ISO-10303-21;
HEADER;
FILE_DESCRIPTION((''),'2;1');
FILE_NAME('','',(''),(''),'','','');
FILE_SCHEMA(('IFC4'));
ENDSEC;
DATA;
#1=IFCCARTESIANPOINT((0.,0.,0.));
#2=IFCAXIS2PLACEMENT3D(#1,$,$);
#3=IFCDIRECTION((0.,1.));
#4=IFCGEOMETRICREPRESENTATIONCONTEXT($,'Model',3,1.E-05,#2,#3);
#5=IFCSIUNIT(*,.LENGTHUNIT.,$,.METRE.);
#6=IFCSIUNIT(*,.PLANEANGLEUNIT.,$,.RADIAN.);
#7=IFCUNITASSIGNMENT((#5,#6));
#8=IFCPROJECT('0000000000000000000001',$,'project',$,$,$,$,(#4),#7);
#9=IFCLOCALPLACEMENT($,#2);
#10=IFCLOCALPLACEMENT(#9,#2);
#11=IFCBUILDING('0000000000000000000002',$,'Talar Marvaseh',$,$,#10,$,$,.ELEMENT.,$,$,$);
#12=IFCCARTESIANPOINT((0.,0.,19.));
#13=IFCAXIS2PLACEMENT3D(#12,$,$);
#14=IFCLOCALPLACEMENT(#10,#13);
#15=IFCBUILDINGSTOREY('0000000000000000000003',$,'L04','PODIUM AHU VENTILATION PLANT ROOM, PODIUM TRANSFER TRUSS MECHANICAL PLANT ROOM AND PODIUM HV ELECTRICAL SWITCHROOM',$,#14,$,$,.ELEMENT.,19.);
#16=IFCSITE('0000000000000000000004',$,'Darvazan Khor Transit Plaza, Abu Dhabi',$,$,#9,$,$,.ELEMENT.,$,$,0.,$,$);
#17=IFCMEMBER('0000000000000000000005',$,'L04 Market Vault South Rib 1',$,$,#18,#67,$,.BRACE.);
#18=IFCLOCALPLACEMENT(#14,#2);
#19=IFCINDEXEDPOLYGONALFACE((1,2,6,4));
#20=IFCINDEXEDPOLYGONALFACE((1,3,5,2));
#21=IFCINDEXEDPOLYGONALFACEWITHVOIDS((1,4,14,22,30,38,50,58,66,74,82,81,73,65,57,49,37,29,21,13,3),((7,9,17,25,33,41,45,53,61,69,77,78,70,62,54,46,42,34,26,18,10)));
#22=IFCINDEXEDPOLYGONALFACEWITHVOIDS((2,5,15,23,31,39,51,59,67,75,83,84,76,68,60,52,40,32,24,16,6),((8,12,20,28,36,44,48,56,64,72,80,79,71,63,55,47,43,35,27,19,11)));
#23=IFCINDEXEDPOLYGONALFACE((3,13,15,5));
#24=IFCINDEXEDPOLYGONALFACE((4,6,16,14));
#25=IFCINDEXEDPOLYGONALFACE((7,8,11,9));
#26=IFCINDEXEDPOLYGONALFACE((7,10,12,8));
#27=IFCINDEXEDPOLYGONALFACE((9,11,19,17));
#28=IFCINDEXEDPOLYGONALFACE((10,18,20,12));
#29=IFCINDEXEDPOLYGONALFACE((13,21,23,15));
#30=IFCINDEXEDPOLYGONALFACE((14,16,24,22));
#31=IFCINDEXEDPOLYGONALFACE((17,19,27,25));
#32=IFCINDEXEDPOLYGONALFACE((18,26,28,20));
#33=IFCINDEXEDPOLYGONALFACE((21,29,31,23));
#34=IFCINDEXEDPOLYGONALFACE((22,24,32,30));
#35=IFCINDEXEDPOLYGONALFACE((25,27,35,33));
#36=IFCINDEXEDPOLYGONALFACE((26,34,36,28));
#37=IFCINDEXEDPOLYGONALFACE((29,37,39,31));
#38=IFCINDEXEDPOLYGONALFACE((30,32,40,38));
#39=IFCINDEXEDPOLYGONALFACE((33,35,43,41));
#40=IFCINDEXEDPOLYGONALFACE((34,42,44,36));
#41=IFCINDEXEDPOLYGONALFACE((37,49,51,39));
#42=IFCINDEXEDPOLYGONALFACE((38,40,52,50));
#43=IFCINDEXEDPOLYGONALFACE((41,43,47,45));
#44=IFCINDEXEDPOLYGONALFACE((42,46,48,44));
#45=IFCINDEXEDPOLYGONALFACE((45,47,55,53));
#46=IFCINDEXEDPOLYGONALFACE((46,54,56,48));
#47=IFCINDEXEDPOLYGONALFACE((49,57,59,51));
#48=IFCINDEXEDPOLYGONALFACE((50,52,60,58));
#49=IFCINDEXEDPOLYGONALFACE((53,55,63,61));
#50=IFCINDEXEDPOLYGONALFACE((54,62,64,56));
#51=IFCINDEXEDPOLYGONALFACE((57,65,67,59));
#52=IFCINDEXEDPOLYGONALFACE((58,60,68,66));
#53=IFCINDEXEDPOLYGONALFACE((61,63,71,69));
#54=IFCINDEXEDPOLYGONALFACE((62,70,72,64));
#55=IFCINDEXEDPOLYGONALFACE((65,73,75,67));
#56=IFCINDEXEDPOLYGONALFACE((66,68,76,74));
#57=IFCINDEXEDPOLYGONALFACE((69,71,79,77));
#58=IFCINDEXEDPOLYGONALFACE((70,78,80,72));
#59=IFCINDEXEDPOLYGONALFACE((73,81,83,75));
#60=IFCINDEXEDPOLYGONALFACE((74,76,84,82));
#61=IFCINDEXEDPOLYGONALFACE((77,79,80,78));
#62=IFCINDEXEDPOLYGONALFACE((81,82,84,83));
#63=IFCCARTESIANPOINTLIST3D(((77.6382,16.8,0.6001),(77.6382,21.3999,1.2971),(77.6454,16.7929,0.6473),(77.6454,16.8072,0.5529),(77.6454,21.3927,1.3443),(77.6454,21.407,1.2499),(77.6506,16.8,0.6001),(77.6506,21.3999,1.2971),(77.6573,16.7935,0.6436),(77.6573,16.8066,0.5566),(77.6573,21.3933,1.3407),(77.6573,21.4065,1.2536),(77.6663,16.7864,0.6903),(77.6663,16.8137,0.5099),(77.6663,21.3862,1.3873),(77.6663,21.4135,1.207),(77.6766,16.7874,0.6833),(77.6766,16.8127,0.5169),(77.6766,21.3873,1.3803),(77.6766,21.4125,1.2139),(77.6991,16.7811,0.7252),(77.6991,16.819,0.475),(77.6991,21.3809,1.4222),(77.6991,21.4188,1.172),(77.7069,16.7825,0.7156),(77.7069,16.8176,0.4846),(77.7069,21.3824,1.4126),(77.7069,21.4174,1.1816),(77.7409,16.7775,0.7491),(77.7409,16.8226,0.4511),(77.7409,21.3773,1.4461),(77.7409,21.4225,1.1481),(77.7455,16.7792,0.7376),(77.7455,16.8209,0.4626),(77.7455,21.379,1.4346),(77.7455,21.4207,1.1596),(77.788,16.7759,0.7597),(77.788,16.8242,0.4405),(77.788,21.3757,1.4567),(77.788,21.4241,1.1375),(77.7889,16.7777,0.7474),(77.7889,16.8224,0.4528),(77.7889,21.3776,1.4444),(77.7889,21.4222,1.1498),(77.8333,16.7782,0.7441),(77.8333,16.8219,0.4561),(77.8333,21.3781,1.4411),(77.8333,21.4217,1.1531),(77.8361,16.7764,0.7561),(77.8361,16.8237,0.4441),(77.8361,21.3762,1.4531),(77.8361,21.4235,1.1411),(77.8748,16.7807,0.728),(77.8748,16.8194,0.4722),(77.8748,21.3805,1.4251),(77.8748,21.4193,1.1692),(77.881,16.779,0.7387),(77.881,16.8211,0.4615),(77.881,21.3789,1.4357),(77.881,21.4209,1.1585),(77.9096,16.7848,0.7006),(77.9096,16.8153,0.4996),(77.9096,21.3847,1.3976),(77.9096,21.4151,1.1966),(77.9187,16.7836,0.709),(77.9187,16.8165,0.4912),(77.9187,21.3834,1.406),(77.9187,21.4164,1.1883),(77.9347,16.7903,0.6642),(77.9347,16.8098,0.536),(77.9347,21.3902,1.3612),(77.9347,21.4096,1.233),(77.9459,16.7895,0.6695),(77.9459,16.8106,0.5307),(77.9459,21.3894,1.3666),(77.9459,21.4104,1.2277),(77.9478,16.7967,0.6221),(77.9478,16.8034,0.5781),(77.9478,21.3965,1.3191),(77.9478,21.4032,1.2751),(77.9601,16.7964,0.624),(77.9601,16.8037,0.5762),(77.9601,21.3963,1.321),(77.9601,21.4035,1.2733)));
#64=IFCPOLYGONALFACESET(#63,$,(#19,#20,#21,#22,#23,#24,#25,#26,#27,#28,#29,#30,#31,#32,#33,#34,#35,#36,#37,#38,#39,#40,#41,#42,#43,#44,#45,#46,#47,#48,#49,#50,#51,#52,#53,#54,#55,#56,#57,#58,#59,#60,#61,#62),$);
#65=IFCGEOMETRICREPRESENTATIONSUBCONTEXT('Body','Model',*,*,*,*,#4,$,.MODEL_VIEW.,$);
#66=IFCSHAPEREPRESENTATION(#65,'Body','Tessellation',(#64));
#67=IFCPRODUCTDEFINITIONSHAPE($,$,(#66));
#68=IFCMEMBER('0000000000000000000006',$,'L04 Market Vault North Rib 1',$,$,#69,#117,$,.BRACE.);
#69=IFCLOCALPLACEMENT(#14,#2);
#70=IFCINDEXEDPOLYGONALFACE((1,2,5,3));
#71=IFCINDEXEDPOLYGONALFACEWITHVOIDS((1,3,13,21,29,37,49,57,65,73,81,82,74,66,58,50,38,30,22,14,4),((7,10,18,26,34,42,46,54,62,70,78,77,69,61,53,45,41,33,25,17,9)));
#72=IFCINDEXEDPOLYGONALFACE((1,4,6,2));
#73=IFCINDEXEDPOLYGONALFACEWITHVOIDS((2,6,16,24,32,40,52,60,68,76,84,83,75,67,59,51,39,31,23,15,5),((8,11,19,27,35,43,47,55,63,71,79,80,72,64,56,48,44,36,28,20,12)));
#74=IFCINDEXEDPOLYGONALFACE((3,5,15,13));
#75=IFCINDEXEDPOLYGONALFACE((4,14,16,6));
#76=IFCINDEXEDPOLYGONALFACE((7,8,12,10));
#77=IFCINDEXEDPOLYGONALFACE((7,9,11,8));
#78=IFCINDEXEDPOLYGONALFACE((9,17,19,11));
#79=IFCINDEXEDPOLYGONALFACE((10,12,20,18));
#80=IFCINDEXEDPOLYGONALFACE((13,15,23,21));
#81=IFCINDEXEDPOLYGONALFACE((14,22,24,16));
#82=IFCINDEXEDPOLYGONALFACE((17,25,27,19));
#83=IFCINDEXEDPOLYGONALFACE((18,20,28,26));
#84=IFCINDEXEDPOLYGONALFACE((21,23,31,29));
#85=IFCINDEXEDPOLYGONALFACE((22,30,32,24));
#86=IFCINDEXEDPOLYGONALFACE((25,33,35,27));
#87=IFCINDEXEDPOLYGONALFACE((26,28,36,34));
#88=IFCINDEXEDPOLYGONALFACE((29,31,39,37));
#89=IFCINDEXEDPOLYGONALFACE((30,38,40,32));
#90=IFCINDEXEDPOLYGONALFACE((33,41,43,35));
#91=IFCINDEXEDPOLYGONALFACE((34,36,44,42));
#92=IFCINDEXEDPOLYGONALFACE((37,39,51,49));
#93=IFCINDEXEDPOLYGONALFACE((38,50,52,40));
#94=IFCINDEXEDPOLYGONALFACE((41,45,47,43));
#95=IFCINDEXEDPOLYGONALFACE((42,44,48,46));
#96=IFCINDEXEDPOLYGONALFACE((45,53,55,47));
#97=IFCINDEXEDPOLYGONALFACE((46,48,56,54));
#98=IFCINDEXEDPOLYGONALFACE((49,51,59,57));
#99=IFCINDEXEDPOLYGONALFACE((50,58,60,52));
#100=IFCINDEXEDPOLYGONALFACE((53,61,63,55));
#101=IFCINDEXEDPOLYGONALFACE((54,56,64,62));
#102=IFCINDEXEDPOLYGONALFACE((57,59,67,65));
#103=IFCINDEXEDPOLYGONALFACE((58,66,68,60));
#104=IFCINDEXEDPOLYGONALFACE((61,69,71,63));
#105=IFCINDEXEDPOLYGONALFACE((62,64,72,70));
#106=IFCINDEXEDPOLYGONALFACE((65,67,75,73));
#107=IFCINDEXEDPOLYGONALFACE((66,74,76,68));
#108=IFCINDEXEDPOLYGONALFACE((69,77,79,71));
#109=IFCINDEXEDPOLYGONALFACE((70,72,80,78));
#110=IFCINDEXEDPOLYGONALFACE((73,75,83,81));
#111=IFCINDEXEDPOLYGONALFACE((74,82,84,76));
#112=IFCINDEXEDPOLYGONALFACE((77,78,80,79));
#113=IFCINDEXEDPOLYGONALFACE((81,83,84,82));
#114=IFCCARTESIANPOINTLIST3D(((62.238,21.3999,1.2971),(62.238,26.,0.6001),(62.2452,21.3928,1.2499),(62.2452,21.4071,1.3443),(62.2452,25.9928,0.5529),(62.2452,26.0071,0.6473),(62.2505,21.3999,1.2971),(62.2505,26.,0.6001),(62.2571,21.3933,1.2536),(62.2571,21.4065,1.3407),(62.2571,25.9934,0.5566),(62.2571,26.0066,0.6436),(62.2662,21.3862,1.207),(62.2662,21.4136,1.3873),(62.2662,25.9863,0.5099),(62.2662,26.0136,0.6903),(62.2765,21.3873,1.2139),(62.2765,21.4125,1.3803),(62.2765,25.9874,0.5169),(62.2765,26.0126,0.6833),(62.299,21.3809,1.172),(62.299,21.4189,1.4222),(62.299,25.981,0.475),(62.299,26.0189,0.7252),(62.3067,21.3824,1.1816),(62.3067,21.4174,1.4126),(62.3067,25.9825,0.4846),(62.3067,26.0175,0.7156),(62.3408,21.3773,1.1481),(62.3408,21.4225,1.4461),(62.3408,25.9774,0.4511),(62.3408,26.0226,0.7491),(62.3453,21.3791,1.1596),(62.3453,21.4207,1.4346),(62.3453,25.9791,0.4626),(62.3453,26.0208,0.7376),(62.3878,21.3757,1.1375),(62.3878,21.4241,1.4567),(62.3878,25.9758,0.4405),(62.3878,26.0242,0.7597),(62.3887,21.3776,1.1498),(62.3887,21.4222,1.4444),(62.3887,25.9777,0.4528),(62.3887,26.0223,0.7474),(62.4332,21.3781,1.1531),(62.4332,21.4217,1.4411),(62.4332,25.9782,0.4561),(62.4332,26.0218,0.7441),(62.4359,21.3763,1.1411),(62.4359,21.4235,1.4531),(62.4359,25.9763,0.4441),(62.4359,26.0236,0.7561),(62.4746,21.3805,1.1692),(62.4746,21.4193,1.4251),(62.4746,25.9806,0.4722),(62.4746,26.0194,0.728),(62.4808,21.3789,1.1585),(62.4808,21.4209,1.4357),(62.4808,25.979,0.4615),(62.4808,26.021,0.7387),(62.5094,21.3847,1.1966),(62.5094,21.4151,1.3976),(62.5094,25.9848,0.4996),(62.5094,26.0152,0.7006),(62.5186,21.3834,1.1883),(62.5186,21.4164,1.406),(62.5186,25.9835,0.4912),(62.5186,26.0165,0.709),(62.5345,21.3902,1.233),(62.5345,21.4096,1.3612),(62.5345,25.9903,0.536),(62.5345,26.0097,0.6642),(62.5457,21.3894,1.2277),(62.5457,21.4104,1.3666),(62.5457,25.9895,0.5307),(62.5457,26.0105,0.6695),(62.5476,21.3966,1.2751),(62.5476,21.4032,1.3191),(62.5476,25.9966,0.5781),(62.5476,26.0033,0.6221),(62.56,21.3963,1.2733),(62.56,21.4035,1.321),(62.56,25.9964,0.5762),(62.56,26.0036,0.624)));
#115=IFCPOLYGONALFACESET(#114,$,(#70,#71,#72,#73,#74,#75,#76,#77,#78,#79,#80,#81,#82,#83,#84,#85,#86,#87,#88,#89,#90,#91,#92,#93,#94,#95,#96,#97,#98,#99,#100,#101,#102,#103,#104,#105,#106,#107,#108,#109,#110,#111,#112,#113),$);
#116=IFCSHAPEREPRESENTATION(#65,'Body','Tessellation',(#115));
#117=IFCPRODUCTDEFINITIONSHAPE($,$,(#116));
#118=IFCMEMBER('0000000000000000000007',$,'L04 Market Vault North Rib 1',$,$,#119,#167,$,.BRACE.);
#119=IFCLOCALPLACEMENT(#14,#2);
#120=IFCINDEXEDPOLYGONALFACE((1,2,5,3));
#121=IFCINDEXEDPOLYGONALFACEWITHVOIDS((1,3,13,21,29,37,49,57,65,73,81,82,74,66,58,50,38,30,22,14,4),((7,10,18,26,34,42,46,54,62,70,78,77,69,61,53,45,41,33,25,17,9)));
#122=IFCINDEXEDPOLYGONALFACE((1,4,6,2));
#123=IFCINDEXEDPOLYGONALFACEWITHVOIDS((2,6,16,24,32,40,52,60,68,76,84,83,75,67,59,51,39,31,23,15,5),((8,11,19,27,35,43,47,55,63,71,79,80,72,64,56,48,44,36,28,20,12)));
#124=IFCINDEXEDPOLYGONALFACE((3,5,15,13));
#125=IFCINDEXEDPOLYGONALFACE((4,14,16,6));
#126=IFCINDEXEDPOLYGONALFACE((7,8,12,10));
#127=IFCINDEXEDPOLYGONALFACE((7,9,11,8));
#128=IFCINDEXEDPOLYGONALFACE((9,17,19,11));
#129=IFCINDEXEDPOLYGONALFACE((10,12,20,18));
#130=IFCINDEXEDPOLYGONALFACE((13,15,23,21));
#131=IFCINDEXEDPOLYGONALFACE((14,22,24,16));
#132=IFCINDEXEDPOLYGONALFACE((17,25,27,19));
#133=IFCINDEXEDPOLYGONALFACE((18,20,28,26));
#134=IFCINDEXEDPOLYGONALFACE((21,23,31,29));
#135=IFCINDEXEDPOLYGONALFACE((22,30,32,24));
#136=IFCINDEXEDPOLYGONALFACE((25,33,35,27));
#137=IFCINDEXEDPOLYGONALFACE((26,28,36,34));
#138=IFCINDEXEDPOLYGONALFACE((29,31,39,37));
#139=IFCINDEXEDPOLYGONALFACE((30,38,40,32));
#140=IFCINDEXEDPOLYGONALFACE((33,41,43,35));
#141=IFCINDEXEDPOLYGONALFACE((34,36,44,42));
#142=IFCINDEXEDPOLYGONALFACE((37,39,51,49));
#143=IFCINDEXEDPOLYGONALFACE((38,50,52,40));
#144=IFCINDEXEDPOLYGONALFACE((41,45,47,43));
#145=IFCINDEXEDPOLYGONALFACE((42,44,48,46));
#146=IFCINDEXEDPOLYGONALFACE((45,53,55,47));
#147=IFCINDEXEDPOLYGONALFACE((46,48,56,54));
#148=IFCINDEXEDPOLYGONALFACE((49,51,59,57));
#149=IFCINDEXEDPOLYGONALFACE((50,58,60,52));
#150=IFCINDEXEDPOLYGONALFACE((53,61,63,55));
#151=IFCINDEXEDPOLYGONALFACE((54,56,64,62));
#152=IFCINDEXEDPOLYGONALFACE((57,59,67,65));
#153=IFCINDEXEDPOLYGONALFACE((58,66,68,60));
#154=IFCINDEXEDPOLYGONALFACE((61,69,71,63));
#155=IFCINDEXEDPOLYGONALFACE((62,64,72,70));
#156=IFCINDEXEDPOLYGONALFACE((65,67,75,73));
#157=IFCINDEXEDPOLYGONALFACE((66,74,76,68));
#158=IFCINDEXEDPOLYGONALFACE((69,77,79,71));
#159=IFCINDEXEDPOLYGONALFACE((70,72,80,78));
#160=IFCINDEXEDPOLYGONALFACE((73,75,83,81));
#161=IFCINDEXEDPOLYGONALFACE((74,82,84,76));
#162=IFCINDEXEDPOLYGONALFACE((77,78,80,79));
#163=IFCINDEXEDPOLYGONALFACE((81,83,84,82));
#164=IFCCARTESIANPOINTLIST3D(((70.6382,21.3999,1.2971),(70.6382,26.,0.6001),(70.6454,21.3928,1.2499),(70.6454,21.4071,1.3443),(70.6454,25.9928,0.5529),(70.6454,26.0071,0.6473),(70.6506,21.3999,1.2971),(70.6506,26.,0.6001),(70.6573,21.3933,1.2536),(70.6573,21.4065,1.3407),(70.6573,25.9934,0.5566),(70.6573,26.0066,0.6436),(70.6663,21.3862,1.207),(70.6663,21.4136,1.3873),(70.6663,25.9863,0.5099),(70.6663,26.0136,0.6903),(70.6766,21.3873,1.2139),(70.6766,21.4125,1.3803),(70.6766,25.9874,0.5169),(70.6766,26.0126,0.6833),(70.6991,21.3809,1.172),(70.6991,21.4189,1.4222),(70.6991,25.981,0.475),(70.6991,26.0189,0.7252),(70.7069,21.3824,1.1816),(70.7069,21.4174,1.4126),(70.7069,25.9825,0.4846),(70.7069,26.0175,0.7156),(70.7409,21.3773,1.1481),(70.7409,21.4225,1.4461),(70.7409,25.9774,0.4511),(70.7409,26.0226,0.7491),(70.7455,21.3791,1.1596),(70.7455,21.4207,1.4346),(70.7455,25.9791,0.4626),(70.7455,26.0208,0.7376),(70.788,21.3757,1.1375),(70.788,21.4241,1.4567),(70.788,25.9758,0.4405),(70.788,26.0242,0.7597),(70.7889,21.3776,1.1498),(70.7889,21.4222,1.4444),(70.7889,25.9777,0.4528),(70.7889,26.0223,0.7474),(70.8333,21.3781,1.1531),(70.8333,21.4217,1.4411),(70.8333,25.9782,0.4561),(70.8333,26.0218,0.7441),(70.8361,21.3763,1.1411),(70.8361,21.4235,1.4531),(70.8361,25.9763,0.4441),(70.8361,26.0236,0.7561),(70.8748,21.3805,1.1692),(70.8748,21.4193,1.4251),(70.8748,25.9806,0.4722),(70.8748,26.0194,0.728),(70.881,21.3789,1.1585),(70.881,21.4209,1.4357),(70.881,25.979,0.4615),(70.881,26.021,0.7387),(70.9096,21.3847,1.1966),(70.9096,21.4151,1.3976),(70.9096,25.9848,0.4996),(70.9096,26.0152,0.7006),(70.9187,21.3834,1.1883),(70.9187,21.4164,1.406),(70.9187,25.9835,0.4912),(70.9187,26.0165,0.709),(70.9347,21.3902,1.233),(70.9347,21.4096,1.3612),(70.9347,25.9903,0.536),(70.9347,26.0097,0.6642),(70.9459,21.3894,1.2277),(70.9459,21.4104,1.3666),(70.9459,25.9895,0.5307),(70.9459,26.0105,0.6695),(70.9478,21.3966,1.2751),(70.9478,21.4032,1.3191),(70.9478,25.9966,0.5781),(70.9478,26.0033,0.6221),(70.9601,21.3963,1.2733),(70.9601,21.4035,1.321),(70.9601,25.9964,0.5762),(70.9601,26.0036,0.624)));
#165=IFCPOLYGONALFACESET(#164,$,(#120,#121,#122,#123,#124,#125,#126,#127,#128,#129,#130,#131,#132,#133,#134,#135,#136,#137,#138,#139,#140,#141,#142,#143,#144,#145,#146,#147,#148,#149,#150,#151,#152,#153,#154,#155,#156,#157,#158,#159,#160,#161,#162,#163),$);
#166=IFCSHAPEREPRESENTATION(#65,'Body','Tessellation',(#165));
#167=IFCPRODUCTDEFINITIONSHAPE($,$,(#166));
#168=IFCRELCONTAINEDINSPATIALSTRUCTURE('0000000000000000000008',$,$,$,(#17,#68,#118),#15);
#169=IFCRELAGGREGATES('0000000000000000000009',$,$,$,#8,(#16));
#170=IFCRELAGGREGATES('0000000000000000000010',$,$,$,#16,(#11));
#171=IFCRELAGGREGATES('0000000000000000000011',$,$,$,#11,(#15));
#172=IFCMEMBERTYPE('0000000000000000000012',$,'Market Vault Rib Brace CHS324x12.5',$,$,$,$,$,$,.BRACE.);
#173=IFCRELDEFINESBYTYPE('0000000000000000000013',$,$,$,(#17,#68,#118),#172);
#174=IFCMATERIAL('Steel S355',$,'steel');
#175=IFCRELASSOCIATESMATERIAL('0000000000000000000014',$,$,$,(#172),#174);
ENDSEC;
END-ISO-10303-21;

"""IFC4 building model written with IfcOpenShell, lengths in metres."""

from ifc_helpers import new_model, si_unit, direction, frame, origin, origin_2d, place, context, subcontext, project, spatial, hollow_circle, extrude, source, transform, mapped, material, material_profile, profile_set, type_object, element, save


model = new_model("IFC4")

# Units and contexts
model_context = context("Model", 3, precision=1e-05, world=origin(), true_north=direction((0.0, 1.0)))
body_context = subcontext(model_context, "Body", "Model", "MODEL_VIEW")
ifc_project = project(units=[si_unit("LENGTHUNIT", "METRE"), si_unit("PLANEANGLEUNIT", "RADIAN")], contexts=[model_context])

# Site, building, storey
site_placement = place(None, origin())
site = spatial("IfcSite", under=ifc_project, at=site_placement, Name="Darvazan Khor Transit Plaza, Abu Dhabi", CompositionType="ELEMENT", RefElevation=0.0)
building_placement = place(site_placement, origin())
building = spatial("IfcBuilding", under=site, at=building_placement, Name="Talar Marvaseh", CompositionType="ELEMENT")
storey_placement = place(building_placement, frame((0.0, 0.0, 19.0)))
storey = spatial("IfcBuildingStorey", under=building, at=storey_placement, Name="L04", Description="PODIUM AHU VENTILATION PLANT ROOM, PODIUM TRANSFER TRUSS MECHANICAL PLANT ROOM AND PODIUM HV ELECTRICAL SWITCHROOM", CompositionType="ELEMENT", Elevation=19.0)

# Shared definitions
ifc_material_1 = material(Name="Steel S355", Category="steel")

# Members
ifc_material_profile_1 = material_profile(ifc_material_1, hollow_circle(Radius=0.1619, WallThickness=0.0125, at=origin_2d()), Name="CHS324x12.5")
ifc_profile_set_1 = profile_set([ifc_material_profile_1], Name="Steel S355")
member_type_1 = type_object("IfcMemberType", Name="Market Vault Rib Brace CHS324x12.5", PredefinedType="BRACE", material=ifc_profile_set_1)
shared_shape_1 = source(origin(), body_context, "Body", "SweptSolid", [
    extrude(hollow_circle(Radius=0.1619, WallThickness=0.0125, at=origin_2d()), origin(), (0.0, 0.0, 1.0), 4.6523),
])
for number, where, z_axis, x_axis, name in (
    (1, (77.8, 16.8, 0.6001), (0.0, 0.988713, 0.149821), (-1.0, 0.0, 0.0), "L04 Market Vault South Rib 1"),
):
    element("IfcMember", number, at=place(storey_placement, frame(where, z_axis=z_axis, x_axis=x_axis)), inside=storey, type_object=member_type_1, Name=name, PredefinedType="BRACE", context=body_context, shape_type="MappedRepresentation", body=[
        mapped(shared_shape_1, transform((0.0, 0.0, 0.0), x_axis=(1.0, 0.0, 0.0), y_axis=(0.0, 1.0, 0.0), z_axis=(0.0, 0.0, 1.0), scale=1.0)),
    ])
shared_shape_2 = source(origin(), body_context, "Body", "SweptSolid", [
    extrude(hollow_circle(Radius=0.1619, WallThickness=0.0125, at=origin_2d()), origin(), (0.0, 0.0, 1.0), 4.6526),
])
for number, where, z_axis, x_axis, name in (
    (2, (62.3999, 21.3999, 1.2971), (0.0, 0.988714, -0.149813), (-1.0, 0.0, 0.0), "L04 Market Vault North Rib 1"),
    (3, (70.8, 21.3999, 1.2971), (0.0, 0.988714, -0.149813), (-1.0, 0.0, 0.0), "L04 Market Vault North Rib 1"),
):
    element("IfcMember", number, at=place(storey_placement, frame(where, z_axis=z_axis, x_axis=x_axis)), inside=storey, type_object=member_type_1, Name=name, PredefinedType="BRACE", context=body_context, shape_type="MappedRepresentation", body=[
        mapped(shared_shape_2, transform((0.0, 0.0, 0.0), x_axis=(1.0, 0.0, 0.0), y_axis=(0.0, 1.0, 0.0), z_axis=(0.0, 0.0, 1.0), scale=1.0)),
    ])

save(model, "model.ifc")
